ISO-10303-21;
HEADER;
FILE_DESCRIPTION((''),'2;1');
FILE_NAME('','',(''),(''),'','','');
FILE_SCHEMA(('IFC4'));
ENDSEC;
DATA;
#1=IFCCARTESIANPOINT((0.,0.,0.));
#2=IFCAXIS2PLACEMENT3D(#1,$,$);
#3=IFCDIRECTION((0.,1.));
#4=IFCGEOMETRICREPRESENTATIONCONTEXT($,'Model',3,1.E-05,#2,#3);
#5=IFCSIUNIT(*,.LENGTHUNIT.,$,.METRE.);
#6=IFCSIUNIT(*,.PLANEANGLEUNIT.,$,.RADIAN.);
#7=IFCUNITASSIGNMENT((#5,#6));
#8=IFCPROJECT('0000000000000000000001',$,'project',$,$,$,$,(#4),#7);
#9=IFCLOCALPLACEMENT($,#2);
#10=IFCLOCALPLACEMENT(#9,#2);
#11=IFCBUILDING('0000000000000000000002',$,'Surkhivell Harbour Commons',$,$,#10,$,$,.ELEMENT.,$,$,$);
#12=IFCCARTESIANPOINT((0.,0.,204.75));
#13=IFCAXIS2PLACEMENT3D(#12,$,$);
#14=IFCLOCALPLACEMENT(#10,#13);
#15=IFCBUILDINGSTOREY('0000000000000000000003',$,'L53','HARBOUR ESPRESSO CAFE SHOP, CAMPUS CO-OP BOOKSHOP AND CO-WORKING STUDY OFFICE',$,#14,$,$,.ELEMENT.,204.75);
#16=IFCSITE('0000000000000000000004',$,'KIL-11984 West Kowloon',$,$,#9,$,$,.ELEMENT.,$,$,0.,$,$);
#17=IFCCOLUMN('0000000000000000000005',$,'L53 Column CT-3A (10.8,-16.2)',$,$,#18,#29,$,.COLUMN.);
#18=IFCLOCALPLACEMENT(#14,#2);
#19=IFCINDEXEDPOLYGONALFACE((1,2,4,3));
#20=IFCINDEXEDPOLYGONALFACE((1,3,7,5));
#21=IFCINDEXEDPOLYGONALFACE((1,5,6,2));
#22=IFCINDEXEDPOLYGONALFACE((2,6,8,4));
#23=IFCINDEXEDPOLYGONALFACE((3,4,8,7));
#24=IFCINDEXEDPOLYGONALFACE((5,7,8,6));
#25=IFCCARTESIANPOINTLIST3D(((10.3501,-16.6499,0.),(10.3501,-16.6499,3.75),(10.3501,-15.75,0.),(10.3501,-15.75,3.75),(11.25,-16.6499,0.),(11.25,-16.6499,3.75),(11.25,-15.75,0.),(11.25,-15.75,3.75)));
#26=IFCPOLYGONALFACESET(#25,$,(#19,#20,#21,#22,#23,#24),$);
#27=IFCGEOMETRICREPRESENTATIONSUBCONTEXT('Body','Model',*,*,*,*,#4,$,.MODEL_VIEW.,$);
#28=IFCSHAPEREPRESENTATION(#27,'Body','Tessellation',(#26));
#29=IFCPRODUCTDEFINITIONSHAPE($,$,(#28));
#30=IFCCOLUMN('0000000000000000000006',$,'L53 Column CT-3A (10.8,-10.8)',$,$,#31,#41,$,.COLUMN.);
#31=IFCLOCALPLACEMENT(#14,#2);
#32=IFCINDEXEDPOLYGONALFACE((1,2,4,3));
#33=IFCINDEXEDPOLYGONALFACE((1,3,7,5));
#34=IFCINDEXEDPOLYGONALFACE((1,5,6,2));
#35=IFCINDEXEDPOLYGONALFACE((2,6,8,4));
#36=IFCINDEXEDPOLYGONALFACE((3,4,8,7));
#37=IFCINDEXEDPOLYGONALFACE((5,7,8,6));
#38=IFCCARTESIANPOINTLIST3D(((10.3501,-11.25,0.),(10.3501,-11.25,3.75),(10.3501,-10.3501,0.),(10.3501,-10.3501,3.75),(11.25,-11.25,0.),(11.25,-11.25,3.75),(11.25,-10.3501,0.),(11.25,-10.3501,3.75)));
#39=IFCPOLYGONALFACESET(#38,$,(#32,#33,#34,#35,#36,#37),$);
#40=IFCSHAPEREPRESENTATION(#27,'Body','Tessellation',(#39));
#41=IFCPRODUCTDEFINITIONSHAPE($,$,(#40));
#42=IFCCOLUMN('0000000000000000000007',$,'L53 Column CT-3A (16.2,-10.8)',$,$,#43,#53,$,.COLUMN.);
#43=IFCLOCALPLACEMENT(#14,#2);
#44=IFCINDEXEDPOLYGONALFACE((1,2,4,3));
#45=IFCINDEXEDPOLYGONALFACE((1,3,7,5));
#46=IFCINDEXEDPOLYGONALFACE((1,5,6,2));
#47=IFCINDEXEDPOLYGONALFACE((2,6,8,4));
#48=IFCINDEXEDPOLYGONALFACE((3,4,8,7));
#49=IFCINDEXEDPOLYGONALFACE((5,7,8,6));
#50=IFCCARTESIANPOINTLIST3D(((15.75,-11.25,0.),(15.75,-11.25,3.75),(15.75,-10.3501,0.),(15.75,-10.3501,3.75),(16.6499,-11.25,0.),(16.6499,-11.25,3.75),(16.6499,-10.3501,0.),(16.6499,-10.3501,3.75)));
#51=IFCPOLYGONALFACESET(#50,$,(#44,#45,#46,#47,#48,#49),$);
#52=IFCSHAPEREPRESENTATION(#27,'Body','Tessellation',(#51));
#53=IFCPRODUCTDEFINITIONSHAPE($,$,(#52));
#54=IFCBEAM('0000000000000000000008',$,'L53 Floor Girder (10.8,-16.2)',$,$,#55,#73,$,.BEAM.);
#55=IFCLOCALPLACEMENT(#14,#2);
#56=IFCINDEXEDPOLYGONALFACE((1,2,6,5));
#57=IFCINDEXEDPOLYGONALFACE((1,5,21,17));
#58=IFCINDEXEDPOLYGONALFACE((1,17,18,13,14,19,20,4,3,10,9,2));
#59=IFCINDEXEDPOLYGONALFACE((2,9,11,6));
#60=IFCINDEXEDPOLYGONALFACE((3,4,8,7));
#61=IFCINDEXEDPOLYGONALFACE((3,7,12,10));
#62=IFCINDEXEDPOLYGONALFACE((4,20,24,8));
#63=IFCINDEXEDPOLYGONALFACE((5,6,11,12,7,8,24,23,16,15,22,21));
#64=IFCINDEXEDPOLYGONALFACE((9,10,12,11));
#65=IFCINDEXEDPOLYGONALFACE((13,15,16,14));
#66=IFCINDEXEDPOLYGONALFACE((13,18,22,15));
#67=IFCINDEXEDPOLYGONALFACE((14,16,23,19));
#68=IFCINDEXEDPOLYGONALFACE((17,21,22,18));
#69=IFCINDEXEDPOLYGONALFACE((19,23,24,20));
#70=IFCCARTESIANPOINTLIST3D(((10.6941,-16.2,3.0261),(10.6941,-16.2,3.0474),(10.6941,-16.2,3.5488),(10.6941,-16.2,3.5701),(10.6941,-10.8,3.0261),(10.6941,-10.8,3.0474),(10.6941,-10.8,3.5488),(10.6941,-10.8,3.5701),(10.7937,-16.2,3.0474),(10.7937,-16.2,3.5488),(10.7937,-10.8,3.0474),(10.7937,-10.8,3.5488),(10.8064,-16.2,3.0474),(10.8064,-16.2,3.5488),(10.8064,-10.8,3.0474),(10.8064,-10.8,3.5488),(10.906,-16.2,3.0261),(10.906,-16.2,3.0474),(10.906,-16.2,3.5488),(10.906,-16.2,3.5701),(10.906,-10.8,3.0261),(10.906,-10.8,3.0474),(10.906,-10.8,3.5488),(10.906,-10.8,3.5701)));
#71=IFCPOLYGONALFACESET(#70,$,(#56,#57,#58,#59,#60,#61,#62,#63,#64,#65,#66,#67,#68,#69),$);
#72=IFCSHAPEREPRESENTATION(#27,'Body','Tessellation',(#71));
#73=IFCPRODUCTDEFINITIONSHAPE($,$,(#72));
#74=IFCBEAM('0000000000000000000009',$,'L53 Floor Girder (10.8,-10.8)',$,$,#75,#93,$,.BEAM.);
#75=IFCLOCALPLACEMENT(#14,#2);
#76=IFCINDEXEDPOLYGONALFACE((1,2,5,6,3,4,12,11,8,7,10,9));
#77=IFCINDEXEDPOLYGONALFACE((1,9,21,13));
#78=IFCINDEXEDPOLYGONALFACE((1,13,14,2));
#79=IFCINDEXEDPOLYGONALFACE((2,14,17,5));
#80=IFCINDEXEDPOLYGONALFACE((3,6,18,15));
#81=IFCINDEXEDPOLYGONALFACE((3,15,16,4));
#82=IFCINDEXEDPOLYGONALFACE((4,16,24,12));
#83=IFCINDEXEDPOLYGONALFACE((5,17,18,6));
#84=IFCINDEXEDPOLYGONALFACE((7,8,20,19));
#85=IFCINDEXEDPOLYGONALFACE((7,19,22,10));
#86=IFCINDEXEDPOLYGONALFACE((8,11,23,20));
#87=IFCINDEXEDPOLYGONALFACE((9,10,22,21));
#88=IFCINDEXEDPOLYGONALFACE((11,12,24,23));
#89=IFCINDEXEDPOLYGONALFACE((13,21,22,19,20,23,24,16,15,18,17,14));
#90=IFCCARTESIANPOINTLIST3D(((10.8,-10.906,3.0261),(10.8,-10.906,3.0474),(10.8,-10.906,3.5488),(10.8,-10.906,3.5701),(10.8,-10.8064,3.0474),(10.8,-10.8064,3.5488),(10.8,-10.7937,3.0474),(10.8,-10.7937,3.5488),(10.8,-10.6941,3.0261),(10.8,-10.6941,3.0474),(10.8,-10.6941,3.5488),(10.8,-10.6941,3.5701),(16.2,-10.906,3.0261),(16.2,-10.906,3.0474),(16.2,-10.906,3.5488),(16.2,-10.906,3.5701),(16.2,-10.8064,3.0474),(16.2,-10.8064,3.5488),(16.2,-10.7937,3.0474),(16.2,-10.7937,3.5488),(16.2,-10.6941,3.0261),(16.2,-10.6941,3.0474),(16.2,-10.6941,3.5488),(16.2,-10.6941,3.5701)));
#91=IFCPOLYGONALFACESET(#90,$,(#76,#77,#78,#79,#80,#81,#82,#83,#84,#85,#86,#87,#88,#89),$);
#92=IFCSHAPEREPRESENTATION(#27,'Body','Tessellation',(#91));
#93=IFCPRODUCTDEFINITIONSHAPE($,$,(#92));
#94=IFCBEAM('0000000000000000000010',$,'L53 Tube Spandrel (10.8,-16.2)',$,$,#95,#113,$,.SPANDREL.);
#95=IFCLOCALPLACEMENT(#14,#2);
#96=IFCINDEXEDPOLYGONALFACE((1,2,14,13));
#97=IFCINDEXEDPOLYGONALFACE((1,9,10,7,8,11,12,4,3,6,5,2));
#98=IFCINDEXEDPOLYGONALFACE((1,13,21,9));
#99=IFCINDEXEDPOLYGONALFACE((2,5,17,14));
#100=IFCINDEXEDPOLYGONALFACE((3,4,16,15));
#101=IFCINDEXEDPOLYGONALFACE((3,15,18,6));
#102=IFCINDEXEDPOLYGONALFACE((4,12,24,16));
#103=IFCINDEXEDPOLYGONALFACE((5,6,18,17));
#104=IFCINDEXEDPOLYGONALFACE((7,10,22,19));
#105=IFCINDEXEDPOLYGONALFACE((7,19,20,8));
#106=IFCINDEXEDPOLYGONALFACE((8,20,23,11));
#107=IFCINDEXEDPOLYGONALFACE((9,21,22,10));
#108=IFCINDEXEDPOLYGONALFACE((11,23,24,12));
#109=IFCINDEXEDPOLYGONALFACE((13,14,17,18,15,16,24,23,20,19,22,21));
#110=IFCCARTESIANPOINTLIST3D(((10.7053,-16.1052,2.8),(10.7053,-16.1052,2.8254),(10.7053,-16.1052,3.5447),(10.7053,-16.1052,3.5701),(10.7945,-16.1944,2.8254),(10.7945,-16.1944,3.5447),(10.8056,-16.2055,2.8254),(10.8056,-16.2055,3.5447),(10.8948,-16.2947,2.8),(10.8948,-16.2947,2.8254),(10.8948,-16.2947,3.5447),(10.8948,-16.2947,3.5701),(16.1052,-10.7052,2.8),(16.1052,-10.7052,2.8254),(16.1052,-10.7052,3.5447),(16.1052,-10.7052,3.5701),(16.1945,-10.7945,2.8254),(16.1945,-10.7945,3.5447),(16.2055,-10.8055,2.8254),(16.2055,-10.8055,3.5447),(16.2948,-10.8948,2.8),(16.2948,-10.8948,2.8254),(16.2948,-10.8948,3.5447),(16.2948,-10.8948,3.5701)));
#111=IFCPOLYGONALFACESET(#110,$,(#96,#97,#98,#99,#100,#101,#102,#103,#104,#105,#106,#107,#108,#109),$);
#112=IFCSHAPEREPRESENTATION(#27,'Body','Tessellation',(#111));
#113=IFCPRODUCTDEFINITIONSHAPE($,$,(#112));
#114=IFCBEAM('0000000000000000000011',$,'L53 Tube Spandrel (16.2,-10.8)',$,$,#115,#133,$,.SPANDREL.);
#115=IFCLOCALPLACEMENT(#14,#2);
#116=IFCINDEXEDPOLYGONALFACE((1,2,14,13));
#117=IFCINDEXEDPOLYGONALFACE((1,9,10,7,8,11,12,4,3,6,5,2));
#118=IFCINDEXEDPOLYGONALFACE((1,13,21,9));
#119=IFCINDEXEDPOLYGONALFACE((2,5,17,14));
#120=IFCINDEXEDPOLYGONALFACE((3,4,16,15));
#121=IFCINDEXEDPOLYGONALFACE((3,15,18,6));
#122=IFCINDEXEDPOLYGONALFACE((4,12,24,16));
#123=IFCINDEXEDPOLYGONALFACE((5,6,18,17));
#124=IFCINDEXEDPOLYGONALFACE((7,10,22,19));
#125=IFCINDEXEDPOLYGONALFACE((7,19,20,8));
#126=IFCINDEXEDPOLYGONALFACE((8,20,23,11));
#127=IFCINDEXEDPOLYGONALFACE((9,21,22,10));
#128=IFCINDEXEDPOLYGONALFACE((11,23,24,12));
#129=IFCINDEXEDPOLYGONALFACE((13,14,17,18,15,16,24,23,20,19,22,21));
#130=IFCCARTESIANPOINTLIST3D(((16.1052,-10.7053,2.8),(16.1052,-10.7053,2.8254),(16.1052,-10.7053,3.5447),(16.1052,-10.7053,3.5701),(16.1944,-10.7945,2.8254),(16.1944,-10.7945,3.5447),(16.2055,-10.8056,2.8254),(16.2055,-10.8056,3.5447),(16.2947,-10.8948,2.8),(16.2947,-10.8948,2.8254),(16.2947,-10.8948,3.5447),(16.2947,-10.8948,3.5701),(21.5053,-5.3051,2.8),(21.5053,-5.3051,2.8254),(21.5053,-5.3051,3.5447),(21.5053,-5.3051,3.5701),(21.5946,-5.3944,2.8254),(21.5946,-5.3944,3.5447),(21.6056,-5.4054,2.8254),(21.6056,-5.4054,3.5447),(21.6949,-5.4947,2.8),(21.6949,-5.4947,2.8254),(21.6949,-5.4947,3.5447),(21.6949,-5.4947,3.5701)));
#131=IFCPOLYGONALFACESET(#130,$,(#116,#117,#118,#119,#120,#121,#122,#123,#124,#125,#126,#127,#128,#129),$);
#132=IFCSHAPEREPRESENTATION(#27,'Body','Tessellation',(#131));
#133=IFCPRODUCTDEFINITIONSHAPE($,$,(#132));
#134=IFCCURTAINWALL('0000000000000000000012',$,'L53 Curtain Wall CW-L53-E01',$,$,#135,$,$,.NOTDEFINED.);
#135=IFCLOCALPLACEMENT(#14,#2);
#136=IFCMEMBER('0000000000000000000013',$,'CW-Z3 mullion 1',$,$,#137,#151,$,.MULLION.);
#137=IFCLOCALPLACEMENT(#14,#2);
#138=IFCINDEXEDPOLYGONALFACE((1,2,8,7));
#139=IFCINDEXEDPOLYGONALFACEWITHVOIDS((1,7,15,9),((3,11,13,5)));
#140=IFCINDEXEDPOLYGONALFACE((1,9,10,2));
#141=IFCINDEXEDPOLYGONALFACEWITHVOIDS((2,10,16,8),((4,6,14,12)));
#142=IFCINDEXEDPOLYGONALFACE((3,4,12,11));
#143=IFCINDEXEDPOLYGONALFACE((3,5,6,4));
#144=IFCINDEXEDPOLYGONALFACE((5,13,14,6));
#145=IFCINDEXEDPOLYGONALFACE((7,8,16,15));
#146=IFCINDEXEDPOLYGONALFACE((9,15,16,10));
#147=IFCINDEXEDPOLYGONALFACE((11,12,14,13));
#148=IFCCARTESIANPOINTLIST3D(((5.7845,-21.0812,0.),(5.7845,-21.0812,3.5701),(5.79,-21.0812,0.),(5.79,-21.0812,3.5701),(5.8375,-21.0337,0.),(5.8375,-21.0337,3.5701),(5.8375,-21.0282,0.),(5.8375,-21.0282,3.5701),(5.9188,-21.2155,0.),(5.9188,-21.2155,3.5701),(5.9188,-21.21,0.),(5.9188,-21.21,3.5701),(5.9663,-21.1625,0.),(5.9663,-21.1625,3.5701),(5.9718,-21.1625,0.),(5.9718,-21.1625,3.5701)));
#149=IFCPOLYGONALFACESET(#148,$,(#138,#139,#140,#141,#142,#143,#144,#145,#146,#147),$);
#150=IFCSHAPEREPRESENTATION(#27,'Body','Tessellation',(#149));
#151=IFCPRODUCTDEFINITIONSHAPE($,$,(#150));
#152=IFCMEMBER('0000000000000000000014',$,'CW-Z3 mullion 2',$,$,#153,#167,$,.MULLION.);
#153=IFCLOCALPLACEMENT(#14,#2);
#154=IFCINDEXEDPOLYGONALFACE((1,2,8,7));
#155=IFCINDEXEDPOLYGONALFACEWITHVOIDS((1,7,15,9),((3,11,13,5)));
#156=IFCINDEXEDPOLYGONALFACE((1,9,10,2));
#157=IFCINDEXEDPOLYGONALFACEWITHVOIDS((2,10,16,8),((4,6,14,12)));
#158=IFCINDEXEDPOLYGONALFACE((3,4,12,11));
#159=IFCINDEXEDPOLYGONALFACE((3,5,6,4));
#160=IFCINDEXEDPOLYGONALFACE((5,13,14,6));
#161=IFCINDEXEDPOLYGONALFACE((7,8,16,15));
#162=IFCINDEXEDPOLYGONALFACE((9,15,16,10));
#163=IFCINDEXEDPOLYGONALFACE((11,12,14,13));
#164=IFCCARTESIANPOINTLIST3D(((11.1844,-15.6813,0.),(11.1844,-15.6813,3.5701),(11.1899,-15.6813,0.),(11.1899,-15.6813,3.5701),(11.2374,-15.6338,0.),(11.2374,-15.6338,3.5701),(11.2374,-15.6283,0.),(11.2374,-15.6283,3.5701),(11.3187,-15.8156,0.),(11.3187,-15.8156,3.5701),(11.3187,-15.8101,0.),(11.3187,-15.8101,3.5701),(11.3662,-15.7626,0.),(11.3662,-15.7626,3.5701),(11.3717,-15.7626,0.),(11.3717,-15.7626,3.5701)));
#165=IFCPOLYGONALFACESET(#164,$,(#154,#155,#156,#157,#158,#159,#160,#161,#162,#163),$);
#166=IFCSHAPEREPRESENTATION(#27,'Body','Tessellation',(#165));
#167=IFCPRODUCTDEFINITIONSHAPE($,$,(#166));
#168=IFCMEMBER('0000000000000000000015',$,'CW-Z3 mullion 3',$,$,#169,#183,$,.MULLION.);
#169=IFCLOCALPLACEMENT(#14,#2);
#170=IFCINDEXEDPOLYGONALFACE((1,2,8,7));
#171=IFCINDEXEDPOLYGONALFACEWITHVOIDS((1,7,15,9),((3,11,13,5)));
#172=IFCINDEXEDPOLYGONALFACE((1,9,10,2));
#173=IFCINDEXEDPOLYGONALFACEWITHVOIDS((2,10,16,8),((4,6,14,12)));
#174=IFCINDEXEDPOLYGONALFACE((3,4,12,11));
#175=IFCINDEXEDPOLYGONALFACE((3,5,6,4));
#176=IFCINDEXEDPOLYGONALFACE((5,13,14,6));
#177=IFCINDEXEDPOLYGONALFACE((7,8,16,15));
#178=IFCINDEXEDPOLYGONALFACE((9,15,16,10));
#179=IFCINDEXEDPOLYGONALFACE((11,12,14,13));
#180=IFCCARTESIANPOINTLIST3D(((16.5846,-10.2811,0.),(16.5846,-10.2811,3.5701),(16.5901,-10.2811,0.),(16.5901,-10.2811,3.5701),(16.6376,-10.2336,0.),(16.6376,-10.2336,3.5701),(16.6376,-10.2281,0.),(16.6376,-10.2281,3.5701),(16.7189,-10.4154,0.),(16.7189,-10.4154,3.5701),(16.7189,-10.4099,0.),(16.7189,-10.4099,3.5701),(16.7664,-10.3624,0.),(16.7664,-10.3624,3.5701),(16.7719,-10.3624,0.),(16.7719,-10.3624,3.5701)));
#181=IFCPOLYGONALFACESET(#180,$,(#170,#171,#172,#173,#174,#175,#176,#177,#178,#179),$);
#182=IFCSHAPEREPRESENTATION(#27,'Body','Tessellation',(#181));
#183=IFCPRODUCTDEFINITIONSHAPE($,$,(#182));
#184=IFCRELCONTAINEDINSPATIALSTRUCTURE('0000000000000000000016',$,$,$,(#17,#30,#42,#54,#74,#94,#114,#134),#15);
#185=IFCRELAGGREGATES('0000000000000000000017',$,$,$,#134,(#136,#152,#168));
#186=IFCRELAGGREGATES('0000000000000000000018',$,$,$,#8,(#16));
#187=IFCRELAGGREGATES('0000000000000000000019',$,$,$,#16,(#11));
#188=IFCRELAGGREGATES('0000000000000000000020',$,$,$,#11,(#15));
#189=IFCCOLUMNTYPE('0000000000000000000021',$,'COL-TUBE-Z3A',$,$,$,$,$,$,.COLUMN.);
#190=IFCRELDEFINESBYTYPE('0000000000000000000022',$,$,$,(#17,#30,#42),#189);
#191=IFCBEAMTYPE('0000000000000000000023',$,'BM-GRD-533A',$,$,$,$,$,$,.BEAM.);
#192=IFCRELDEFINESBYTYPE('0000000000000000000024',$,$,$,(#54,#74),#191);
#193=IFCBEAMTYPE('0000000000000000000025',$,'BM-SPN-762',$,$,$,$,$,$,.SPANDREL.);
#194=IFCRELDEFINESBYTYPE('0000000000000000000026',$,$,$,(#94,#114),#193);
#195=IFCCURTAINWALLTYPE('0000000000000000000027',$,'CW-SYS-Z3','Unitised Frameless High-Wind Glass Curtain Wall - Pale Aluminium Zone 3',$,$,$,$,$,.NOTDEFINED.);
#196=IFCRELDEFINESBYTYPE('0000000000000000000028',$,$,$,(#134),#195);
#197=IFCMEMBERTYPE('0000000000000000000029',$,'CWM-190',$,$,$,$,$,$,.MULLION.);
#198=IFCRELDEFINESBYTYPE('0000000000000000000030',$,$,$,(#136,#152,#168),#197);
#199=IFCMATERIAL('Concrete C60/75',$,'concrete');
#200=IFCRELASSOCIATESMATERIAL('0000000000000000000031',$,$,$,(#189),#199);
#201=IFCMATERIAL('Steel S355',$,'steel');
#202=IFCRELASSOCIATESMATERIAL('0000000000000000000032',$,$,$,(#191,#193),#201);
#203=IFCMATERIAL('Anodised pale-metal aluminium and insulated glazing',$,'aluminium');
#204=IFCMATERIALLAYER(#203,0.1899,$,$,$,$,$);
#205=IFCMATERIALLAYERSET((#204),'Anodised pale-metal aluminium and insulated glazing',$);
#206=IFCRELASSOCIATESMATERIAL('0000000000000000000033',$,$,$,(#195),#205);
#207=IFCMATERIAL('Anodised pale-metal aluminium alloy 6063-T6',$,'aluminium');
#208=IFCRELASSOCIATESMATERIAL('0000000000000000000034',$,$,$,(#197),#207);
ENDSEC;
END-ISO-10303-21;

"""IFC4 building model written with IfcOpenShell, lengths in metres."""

from ifc_helpers import new_model, si_unit, direction, frame, origin, origin_2d, place, context, subcontext, project, spatial, rectangle, hollow_rectangle, i_section, extrude, material, layer, layer_set, material_profile, profile_set, type_object, element, aggregate, save


model = new_model("IFC4")

# Units and contexts
model_context = context("Model", 3, precision=1e-05, world=origin(), true_north=direction((0.0, 1.0)))
body_context = subcontext(model_context, "Body", "Model", "MODEL_VIEW")
ifc_project = project(units=[si_unit("LENGTHUNIT", "METRE"), si_unit("PLANEANGLEUNIT", "RADIAN")], contexts=[model_context])

# Site, building, storey
site_placement = place(None, origin())
site = spatial("IfcSite", under=ifc_project, at=site_placement, Name="KIL-11984 West Kowloon", CompositionType="ELEMENT", RefElevation=0.0)
building_placement = place(site_placement, origin())
building = spatial("IfcBuilding", under=site, at=building_placement, Name="Surkhivell Harbour Commons", CompositionType="ELEMENT")
storey_placement = place(building_placement, frame((0.0, 0.0, 204.75)))
storey = spatial("IfcBuildingStorey", under=building, at=storey_placement, Name="L53", Description="HARBOUR ESPRESSO CAFE SHOP, CAMPUS CO-OP BOOKSHOP AND CO-WORKING STUDY OFFICE", CompositionType="ELEMENT", Elevation=204.75)

# Columns
ifc_material_1 = material(Name="Concrete C60/75", Category="concrete")
ifc_material_profile_1 = material_profile(ifc_material_1, rectangle(XDim=0.8999, YDim=0.8999, at=origin_2d()), Name="RC-COL-900x900")
ifc_profile_set_1 = profile_set([ifc_material_profile_1], Name="Concrete C60/75")
column_type = type_object("IfcColumnType", Name="COL-TUBE-Z3A", PredefinedType="COLUMN", material=ifc_profile_set_1)
for number, where, z_axis, x_axis, name in (
    (1, (10.8, -16.2, 0.0), (0.0, 0.0, 1.0), (1.0, 0.0, 0.0), "L53 Column CT-3A (10.8,-16.2)"),
    (2, (10.8, -10.8, 0.0), (0.0, 0.0, 1.0), (1.0, 0.0, 0.0), "L53 Column CT-3A (10.8,-10.8)"),
    (3, (16.2, -10.8, 0.0), (0.0, 0.0, 1.0), (1.0, 0.0, 0.0), "L53 Column CT-3A (16.2,-10.8)"),
):
    element("IfcColumn", number, at=place(storey_placement, frame(where, z_axis=z_axis, x_axis=x_axis)), inside=storey, type_object=column_type, Name=name, PredefinedType="COLUMN", context=body_context, shape_type="SweptSolid", body=[
        extrude(rectangle(XDim=0.8999, YDim=0.8999, at=origin_2d()), origin(), (0.0, 0.0, 1.0), 3.75),
    ])

# Beams
ifc_material_2 = material(Name="Steel S355", Category="steel")
ifc_material_profile_2 = material_profile(ifc_material_2, i_section(OverallWidth=0.2119, OverallDepth=0.5439, WebThickness=0.0127, FlangeThickness=0.0212, at=origin_2d()), Name="UB533x210x122")
ifc_profile_set_2 = profile_set([ifc_material_profile_2], Name="Steel S355")
beam_type_1 = type_object("IfcBeamType", Name="BM-GRD-533A", PredefinedType="BEAM", material=ifc_profile_set_2)
for number, where, z_axis, x_axis, name in (
    (4, (10.8, -16.2, 3.2981), (0.0, 1.0, 0.0), (-1.0, 0.0, 0.0), "L53 Floor Girder (10.8,-16.2)"),
    (5, (10.8, -10.8, 3.2981), (1.0, 0.0, 0.0), (0.0, 1.0, 0.0), "L53 Floor Girder (10.8,-10.8)"),
):
    element("IfcBeam", number, at=place(storey_placement, frame(where, z_axis=z_axis, x_axis=x_axis)), inside=storey, type_object=beam_type_1, Name=name, PredefinedType="BEAM", context=body_context, shape_type="SweptSolid", body=[
        extrude(i_section(OverallWidth=0.2119, OverallDepth=0.5439, WebThickness=0.0127, FlangeThickness=0.0212, at=origin_2d()), origin(), (0.0, 0.0, 1.0), 5.3999),
    ])
ifc_material_profile_3 = material_profile(ifc_material_2, i_section(OverallWidth=0.2681, OverallDepth=0.77, WebThickness=0.0156, FlangeThickness=0.0254, at=origin_2d()), Name="UB762x267x197")
ifc_profile_set_3 = profile_set([ifc_material_profile_3], Name="Steel S355")
beam_type_2 = type_object("IfcBeamType", Name="BM-SPN-762", PredefinedType="SPANDREL", material=ifc_profile_set_3)
beam_1_placement = place(storey_placement, frame((10.8, -16.2, 3.1851), z_axis=(0.707107, 0.707107, 0.0), x_axis=(-0.707107, 0.707107, 0.0)))
element("IfcBeam", 6, at=beam_1_placement, inside=storey, type_object=beam_type_2, Name="L53 Tube Spandrel (10.8,-16.2)", PredefinedType="SPANDREL", context=body_context, shape_type="SweptSolid", body=[
    extrude(i_section(OverallWidth=0.2681, OverallDepth=0.77, WebThickness=0.0156, FlangeThickness=0.0254, at=origin_2d()), origin(), (0.0, 0.0, 1.0), 7.6367),
])
beam_2_placement = place(storey_placement, frame((16.2, -10.8, 3.1851), z_axis=(0.707107, 0.707107, 0.0), x_axis=(-0.707107, 0.707107, 0.0)))
element("IfcBeam", 7, at=beam_2_placement, inside=storey, type_object=beam_type_2, Name="L53 Tube Spandrel (16.2,-10.8)", PredefinedType="SPANDREL", context=body_context, shape_type="SweptSolid", body=[
    extrude(i_section(OverallWidth=0.2681, OverallDepth=0.77, WebThickness=0.0156, FlangeThickness=0.0254, at=origin_2d()), origin(), (0.0, 0.0, 1.0), 7.637),
])

# Curtain wall, members
ifc_material_3 = material(Name="Anodised pale-metal aluminium and insulated glazing", Category="aluminium")
ifc_layer_1 = layer(ifc_material_3, 0.1899)
ifc_layer_set_1 = layer_set([ifc_layer_1], Name="Anodised pale-metal aluminium and insulated glazing")
curtain_wall_type = type_object("IfcCurtainWallType", Name="CW-SYS-Z3", Description="Unitised Frameless High-Wind Glass Curtain Wall - Pale Aluminium Zone 3", PredefinedType="NOTDEFINED", material=ifc_layer_set_1)
curtain_wall_placement = place(storey_placement, origin())
curtain_wall = element("IfcCurtainWall", 8, at=curtain_wall_placement, inside=storey, type_object=curtain_wall_type, Name="L53 Curtain Wall CW-L53-E01", PredefinedType="NOTDEFINED")
ifc_material_4 = material(Name="Anodised pale-metal aluminium alloy 6063-T6", Category="aluminium")
ifc_material_profile_4 = material_profile(ifc_material_4, hollow_rectangle(XDim=0.075, YDim=0.1899, WallThickness=0.0039, at=origin_2d()), Name="ALU-MULL-75x190")
ifc_profile_set_4 = profile_set([ifc_material_profile_4], Name="Anodised pale-metal aluminium alloy 6063-T6")
member_type_1 = type_object("IfcMemberType", Name="CWM-190", PredefinedType="MULLION", material=ifc_profile_set_4)
member_1_placement = place(storey_placement, frame((5.8782, -21.1218, 0.0), z_axis=(0.0, 0.0, 1.0), x_axis=(0.707107, 0.707107, 0.0)))
member_1 = element("IfcMember", 9, at=member_1_placement, type_object=member_type_1, Name="CW-Z3 mullion 1", PredefinedType="MULLION", context=body_context, shape_type="SweptSolid", body=[
    extrude(hollow_rectangle(XDim=0.075, YDim=0.1899, WallThickness=0.0039, at=origin_2d()), origin(), (0.0, 0.0, 1.0), 3.5701),
])
member_2_placement = place(storey_placement, frame((11.2781, -15.7219, 0.0), z_axis=(0.0, 0.0, 1.0), x_axis=(0.707107, 0.707107, 0.0)))
member_2 = element("IfcMember", 10, at=member_2_placement, type_object=member_type_1, Name="CW-Z3 mullion 2", PredefinedType="MULLION", context=body_context, shape_type="SweptSolid", body=[
    extrude(hollow_rectangle(XDim=0.075, YDim=0.1899, WallThickness=0.0039, at=origin_2d()), origin(), (0.0, 0.0, 1.0), 3.5701),
])
member_3_placement = place(storey_placement, frame((16.6782, -10.3218, 0.0), z_axis=(0.0, 0.0, 1.0), x_axis=(0.707107, 0.707107, 0.0)))
member_3 = element("IfcMember", 11, at=member_3_placement, type_object=member_type_1, Name="CW-Z3 mullion 3", PredefinedType="MULLION", context=body_context, shape_type="SweptSolid", body=[
    extrude(hollow_rectangle(XDim=0.075, YDim=0.1899, WallThickness=0.0039, at=origin_2d()), origin(), (0.0, 0.0, 1.0), 3.5701),
])
aggregate(curtain_wall, [member_1, member_2, member_3])

save(model, "model.ifc")
